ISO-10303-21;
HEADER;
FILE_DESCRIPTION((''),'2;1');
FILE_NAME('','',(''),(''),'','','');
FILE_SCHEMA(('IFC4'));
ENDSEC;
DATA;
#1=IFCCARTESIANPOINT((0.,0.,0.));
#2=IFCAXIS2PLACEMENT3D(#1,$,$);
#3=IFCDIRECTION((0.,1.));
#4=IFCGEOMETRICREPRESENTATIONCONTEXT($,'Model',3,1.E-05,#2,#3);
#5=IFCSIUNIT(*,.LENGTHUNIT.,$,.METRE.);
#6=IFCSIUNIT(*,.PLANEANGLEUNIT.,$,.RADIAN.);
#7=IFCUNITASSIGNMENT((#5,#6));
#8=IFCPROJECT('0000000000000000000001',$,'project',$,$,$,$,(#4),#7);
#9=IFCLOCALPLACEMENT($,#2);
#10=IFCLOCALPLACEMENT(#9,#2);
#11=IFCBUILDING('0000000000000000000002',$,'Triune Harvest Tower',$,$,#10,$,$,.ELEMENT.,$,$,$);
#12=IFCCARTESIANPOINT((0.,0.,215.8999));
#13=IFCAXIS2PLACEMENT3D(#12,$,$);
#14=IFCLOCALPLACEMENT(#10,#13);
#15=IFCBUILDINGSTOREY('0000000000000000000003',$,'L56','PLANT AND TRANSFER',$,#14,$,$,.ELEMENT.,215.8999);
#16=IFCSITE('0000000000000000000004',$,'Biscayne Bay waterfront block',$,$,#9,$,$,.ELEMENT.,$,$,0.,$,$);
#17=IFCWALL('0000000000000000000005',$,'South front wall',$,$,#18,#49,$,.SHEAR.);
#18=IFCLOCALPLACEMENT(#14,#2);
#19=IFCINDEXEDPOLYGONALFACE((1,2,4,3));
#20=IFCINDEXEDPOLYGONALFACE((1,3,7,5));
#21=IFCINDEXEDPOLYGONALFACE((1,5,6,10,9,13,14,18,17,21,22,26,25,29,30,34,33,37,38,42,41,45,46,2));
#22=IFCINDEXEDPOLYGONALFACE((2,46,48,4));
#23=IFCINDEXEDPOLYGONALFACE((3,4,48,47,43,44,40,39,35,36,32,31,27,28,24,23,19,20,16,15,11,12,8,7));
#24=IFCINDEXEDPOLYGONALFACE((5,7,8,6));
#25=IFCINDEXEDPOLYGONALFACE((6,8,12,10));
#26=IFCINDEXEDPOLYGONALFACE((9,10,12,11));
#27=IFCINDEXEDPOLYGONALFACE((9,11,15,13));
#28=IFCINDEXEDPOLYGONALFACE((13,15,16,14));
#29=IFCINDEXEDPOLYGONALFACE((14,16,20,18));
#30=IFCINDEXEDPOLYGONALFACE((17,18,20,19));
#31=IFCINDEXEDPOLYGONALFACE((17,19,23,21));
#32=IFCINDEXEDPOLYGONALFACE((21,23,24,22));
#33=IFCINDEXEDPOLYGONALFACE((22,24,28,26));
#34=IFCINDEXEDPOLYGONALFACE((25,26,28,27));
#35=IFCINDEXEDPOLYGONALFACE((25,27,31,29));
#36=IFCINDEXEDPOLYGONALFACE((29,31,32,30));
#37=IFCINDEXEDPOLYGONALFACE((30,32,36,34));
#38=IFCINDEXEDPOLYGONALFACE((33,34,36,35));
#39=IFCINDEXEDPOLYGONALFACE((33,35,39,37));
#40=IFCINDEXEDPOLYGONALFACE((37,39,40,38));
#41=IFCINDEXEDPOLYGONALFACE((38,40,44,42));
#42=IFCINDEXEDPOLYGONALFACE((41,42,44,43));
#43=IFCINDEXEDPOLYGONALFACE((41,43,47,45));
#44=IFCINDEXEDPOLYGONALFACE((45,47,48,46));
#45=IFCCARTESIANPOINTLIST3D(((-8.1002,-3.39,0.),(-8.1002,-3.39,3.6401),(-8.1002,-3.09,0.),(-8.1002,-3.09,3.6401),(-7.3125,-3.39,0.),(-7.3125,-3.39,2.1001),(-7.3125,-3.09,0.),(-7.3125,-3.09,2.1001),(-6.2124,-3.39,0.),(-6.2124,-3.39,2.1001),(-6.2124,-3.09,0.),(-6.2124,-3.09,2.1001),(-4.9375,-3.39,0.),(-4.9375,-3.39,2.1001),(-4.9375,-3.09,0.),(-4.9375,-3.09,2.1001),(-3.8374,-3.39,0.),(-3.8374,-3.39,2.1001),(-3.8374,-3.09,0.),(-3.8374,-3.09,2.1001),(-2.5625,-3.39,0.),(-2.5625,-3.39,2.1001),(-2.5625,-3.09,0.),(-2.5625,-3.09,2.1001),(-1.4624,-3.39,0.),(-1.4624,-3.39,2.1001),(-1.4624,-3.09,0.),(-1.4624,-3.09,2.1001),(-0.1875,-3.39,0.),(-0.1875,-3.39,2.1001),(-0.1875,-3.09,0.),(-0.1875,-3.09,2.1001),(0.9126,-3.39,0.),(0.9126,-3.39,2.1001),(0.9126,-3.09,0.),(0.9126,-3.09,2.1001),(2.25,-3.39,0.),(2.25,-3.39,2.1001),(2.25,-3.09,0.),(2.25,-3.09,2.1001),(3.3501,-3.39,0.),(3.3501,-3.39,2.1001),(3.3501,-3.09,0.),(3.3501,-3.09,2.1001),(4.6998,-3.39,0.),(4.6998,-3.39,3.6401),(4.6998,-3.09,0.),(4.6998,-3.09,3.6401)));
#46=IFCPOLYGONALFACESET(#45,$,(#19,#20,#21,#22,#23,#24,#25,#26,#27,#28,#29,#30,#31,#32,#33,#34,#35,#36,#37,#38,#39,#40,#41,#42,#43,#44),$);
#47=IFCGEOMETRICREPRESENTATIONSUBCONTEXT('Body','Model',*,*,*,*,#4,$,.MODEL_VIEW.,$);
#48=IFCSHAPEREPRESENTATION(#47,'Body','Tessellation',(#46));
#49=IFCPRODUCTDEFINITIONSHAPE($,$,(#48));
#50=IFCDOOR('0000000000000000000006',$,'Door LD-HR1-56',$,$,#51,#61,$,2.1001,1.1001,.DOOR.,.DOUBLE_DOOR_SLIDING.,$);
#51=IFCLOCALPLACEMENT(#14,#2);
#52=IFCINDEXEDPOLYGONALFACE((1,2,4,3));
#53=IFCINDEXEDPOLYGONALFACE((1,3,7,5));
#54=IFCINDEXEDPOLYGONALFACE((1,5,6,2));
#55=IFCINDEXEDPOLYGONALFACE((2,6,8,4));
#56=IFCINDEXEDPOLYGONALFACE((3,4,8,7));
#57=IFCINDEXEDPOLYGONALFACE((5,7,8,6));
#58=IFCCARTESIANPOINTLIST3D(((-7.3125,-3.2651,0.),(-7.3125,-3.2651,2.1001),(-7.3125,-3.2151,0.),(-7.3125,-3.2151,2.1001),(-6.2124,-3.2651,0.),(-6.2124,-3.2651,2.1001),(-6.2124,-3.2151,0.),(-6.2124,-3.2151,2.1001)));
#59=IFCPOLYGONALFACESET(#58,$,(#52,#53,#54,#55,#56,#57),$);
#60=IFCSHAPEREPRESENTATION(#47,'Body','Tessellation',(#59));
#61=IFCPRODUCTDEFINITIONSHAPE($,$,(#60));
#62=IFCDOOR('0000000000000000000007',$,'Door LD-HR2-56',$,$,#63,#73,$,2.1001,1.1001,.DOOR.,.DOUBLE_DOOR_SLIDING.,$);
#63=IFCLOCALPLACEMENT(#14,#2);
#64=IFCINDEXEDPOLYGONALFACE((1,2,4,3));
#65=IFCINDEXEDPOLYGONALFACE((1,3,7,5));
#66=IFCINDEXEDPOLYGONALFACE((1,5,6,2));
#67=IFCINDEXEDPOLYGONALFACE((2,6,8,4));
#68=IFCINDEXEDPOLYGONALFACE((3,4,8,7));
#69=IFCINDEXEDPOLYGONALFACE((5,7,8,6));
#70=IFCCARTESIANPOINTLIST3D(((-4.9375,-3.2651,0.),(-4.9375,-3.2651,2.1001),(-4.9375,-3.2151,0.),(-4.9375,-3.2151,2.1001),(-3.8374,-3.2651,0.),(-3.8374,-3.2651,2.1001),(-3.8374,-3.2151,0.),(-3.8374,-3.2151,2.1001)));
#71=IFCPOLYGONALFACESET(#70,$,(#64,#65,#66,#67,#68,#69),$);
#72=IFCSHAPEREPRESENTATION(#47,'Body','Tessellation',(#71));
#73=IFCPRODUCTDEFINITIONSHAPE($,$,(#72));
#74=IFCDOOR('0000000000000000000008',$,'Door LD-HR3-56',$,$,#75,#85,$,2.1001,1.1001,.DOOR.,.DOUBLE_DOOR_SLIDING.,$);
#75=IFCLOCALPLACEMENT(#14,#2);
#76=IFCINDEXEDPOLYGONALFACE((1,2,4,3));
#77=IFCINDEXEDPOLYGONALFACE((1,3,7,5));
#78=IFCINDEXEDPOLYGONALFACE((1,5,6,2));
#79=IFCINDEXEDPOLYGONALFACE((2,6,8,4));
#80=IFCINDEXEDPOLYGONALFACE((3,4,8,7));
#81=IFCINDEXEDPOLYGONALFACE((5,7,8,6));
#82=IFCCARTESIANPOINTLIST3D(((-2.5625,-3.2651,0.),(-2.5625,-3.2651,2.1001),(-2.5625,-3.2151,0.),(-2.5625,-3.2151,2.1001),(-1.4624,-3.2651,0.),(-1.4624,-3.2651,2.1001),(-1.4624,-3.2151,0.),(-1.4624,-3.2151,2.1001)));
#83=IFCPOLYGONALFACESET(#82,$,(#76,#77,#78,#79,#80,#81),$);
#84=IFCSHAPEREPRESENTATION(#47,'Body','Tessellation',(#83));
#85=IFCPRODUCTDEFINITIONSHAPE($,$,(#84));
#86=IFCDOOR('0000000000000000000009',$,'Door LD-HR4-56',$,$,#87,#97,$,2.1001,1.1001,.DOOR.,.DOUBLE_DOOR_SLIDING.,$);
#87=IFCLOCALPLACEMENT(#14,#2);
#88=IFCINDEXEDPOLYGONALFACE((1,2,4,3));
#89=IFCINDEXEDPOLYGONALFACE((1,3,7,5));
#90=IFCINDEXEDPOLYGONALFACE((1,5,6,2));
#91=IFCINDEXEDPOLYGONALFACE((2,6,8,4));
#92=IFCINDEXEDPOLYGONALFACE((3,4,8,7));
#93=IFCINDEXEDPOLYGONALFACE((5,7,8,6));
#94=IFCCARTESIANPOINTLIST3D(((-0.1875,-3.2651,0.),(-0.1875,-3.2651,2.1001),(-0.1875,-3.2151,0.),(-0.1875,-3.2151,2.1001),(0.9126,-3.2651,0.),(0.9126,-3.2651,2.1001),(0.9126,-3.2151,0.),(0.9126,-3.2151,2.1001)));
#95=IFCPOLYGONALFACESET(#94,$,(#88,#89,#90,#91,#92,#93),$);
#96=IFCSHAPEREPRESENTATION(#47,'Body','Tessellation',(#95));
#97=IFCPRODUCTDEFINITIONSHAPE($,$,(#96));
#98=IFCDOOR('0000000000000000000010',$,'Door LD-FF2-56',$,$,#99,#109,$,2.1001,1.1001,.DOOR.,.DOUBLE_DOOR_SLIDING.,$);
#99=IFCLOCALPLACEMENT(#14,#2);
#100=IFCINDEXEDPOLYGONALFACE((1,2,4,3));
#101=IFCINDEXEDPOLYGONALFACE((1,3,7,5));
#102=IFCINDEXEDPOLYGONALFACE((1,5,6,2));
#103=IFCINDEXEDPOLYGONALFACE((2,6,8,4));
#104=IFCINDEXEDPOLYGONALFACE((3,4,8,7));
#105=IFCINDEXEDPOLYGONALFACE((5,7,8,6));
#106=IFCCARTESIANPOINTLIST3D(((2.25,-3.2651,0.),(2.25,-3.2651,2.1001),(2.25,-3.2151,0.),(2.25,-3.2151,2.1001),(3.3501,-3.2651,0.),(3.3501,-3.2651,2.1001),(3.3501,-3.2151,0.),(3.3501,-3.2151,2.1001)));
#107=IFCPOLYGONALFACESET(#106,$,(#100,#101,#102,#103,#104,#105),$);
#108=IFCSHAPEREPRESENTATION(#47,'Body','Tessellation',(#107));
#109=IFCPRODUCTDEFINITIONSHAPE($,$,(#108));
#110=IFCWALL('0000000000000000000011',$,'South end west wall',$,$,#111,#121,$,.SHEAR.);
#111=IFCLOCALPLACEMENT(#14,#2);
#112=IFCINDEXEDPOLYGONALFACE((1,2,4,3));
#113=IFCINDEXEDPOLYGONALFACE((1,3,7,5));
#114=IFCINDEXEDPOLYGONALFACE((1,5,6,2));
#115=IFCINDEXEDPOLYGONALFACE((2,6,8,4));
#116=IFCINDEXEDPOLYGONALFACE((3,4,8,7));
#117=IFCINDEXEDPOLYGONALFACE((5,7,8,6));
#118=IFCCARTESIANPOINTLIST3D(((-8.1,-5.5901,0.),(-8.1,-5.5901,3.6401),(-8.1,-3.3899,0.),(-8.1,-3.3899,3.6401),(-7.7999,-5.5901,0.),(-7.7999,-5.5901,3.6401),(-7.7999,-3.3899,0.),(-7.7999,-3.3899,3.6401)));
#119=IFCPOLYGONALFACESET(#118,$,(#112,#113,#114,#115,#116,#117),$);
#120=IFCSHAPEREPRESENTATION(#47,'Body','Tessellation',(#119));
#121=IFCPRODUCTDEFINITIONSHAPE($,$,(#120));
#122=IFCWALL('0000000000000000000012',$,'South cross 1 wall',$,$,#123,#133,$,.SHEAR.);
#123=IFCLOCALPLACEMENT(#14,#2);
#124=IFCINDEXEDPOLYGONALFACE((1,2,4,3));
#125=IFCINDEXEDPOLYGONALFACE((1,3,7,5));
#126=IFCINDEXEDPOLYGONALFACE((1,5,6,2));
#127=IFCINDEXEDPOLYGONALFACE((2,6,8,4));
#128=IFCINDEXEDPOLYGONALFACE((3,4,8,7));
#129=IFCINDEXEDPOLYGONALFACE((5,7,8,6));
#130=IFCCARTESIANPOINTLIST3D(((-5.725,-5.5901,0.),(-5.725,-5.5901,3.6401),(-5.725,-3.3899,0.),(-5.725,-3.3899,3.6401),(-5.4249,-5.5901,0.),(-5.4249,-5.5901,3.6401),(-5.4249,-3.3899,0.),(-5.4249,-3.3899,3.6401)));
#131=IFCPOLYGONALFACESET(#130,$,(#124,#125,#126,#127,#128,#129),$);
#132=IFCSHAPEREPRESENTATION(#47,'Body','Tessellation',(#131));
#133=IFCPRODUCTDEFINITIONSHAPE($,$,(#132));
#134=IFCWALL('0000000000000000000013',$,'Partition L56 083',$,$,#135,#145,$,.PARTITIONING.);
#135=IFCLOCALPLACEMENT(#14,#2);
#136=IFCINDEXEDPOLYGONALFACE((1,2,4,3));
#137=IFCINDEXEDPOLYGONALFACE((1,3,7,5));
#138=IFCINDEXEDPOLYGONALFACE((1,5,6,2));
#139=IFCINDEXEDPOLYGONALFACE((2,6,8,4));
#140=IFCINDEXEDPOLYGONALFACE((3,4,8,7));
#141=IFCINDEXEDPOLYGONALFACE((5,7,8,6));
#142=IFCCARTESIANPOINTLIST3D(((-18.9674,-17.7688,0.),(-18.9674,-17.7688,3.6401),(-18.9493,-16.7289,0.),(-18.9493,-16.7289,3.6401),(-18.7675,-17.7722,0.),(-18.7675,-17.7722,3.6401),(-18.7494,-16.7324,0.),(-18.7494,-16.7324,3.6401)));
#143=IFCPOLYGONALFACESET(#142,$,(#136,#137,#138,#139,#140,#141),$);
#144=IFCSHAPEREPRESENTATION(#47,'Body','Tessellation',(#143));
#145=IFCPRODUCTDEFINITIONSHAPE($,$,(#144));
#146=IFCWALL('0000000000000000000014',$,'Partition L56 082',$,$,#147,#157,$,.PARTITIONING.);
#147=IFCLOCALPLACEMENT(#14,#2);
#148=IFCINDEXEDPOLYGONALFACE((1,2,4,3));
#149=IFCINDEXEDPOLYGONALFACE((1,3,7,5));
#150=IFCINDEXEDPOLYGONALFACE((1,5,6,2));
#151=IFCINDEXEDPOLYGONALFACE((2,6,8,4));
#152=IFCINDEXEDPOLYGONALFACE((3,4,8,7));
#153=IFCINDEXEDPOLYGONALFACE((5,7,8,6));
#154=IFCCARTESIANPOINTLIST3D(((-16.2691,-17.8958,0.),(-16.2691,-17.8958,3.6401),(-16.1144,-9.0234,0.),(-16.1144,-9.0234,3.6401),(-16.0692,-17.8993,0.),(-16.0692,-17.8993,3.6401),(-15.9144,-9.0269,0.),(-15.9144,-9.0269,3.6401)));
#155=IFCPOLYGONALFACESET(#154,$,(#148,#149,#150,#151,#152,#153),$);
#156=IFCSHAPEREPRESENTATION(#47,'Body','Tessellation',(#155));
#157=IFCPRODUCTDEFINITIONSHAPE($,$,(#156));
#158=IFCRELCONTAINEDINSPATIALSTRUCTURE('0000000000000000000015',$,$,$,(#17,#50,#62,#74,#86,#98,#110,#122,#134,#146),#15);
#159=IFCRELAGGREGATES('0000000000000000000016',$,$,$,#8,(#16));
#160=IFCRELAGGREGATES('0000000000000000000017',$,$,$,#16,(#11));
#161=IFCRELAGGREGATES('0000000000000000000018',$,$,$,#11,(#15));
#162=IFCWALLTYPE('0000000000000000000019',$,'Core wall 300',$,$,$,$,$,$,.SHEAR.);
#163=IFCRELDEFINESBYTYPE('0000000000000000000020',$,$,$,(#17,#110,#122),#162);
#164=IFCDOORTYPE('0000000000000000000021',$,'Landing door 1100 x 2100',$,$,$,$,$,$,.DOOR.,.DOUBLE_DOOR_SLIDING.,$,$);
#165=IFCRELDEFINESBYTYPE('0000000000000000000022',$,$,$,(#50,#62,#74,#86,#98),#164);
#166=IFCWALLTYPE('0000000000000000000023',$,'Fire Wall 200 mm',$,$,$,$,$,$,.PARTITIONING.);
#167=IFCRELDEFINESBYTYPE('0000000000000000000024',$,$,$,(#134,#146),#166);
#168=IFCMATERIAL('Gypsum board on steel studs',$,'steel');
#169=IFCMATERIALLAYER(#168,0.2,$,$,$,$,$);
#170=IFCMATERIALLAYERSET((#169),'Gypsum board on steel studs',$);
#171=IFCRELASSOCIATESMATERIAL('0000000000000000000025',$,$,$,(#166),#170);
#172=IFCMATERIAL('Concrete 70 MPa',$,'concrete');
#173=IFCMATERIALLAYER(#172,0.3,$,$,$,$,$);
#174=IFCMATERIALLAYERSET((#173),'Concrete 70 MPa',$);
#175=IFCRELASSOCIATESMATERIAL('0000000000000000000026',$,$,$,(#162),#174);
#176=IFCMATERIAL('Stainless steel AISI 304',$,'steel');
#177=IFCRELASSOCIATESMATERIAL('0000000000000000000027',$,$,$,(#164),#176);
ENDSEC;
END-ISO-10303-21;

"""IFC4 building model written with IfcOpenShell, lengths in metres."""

from ifc_helpers import new_model, si_unit, direction, frame, frame_2d, origin, place, context, subcontext, project, spatial, rectangle, extrude, source, transform, mapped, material, layer, layer_set, type_object, element, fill, save


model = new_model("IFC4")

# Units and contexts
model_context = context("Model", 3, precision=1e-05, world=origin(), true_north=direction((0.0, 1.0)))
body_context = subcontext(model_context, "Body", "Model", "MODEL_VIEW")
ifc_project = project(units=[si_unit("LENGTHUNIT", "METRE"), si_unit("PLANEANGLEUNIT", "RADIAN")], contexts=[model_context])

# Site, building, storey
site_placement = place(None, origin())
site = spatial("IfcSite", under=ifc_project, at=site_placement, Name="Biscayne Bay waterfront block", CompositionType="ELEMENT", RefElevation=0.0)
building_placement = place(site_placement, origin())
building = spatial("IfcBuilding", under=site, at=building_placement, Name="Triune Harvest Tower", CompositionType="ELEMENT")
storey_placement = place(building_placement, frame((0.0, 0.0, 215.8999)))
storey = spatial("IfcBuildingStorey", under=building, at=storey_placement, Name="L56", Description="PLANT AND TRANSFER", CompositionType="ELEMENT", Elevation=215.8999)

# Shared definitions
ifc_material_1 = material(Name="Gypsum board on steel studs", Category="steel")
ifc_layer_1 = layer(ifc_material_1, 0.2)
ifc_layer_set_1 = layer_set([ifc_layer_1], Name="Gypsum board on steel studs")
wall_type_1 = type_object("IfcWallType", Name="Fire Wall 200 mm", PredefinedType="PARTITIONING", material=ifc_layer_set_1)

# Wall, openings, doors
ifc_material_2 = material(Name="Concrete 70 MPa", Category="concrete")
ifc_layer_2 = layer(ifc_material_2, 0.3)
ifc_layer_set_2 = layer_set([ifc_layer_2], Name="Concrete 70 MPa")
wall_type_2 = type_object("IfcWallType", Name="Core wall 300", PredefinedType="SHEAR", material=ifc_layer_set_2)
shared_shape_1 = source(origin(), body_context, "Body", "SweptSolid", [
    extrude(rectangle(XDim=12.8, YDim=0.3, at=frame_2d((6.3999, 0.0))), origin(), (0.0, 0.0, 1.0), 3.6401),
])
wall_1_placement = place(storey_placement, frame((-8.1001, -3.24, 0.0), z_axis=(0.0, 0.0, 1.0), x_axis=(1.0, 0.0, 0.0)))
wall_1 = element("IfcWall", 1, at=wall_1_placement, inside=storey, type_object=wall_type_2, Name="South front wall", PredefinedType="SHEAR", context=body_context, shape_type="MappedRepresentation", body=[
    mapped(shared_shape_1, transform((0.0, 0.0, 0.0), scale=1.0)),
])
opening_1_placement = place(wall_1_placement, frame((0.7876, 0.0, 0.0)))
opening_1 = element("IfcOpeningElement", 2, at=opening_1_placement, cuts=wall_1, PredefinedType="OPENING", context=body_context, shape_type="SweptSolid", body=[
    extrude(rectangle(XDim=1.1001, YDim=2.1001, at=frame_2d((0.55, 1.05))), frame((0.0, 0.1602, 0.0), z_axis=(0.0, -1.0, 0.0), x_axis=(1.0, 0.0, 0.0)), (0.0, 0.0, 1.0), 0.3201),
])
opening_2_placement = place(wall_1_placement, frame((3.1626, 0.0, 0.0)))
opening_2 = element("IfcOpeningElement", 3, at=opening_2_placement, cuts=wall_1, PredefinedType="OPENING", context=body_context, shape_type="SweptSolid", body=[
    extrude(rectangle(XDim=1.1001, YDim=2.1001, at=frame_2d((0.55, 1.05))), frame((0.0, 0.1602, 0.0), z_axis=(0.0, -1.0, 0.0), x_axis=(1.0, 0.0, 0.0)), (0.0, 0.0, 1.0), 0.3201),
])
opening_3_placement = place(wall_1_placement, frame((5.5376, 0.0, 0.0)))
opening_3 = element("IfcOpeningElement", 4, at=opening_3_placement, cuts=wall_1, PredefinedType="OPENING", context=body_context, shape_type="SweptSolid", body=[
    extrude(rectangle(XDim=1.1001, YDim=2.1001, at=frame_2d((0.55, 1.05))), frame((0.0, 0.1602, 0.0), z_axis=(0.0, -1.0, 0.0), x_axis=(1.0, 0.0, 0.0)), (0.0, 0.0, 1.0), 0.3201),
])
opening_4_placement = place(wall_1_placement, frame((7.9126, 0.0, 0.0)))
opening_4 = element("IfcOpeningElement", 5, at=opening_4_placement, cuts=wall_1, PredefinedType="OPENING", context=body_context, shape_type="SweptSolid", body=[
    extrude(rectangle(XDim=1.1001, YDim=2.1001, at=frame_2d((0.55, 1.05))), frame((0.0, 0.1602, 0.0), z_axis=(0.0, -1.0, 0.0), x_axis=(1.0, 0.0, 0.0)), (0.0, 0.0, 1.0), 0.3201),
])
opening_5_placement = place(wall_1_placement, frame((10.3501, 0.0, 0.0)))
opening_5 = element("IfcOpeningElement", 6, at=opening_5_placement, cuts=wall_1, PredefinedType="OPENING", context=body_context, shape_type="SweptSolid", body=[
    extrude(rectangle(XDim=1.1001, YDim=2.1001, at=frame_2d((0.55, 1.05))), frame((0.0, 0.1602, 0.0), z_axis=(0.0, -1.0, 0.0), x_axis=(1.0, 0.0, 0.0)), (0.0, 0.0, 1.0), 0.3201),
])
ifc_material_3 = material(Name="Stainless steel AISI 304", Category="steel")
door_type_1 = type_object("IfcDoorType", Name="Landing door 1100 x 2100", OperationType="DOUBLE_DOOR_SLIDING", PredefinedType="DOOR", material=ifc_material_3)
door_1_placement = place(opening_1_placement, origin())
door_1 = element("IfcDoor", 7, at=door_1_placement, inside=storey, type_object=door_type_1, Name="Door LD-HR1-56", OperationType="DOUBLE_DOOR_SLIDING", OverallHeight=2.1001, OverallWidth=1.1001, PredefinedType="DOOR", context=body_context, shape_type="SweptSolid", body=[
    extrude(rectangle(XDim=1.1001, YDim=2.1001, at=frame_2d((0.55, 1.05))), frame((0.0, 0.0249, 0.0), z_axis=(0.0, -1.0, 0.0), x_axis=(1.0, 0.0, 0.0)), (0.0, 0.0, 1.0), 0.05),
])
fill(opening_1, door_1)
door_2_placement = place(opening_2_placement, origin())
door_2 = element("IfcDoor", 8, at=door_2_placement, inside=storey, type_object=door_type_1, Name="Door LD-HR2-56", OperationType="DOUBLE_DOOR_SLIDING", OverallHeight=2.1001, OverallWidth=1.1001, PredefinedType="DOOR", context=body_context, shape_type="SweptSolid", body=[
    extrude(rectangle(XDim=1.1001, YDim=2.1001, at=frame_2d((0.55, 1.05))), frame((0.0, 0.0249, 0.0), z_axis=(0.0, -1.0, 0.0), x_axis=(1.0, 0.0, 0.0)), (0.0, 0.0, 1.0), 0.05),
])
fill(opening_2, door_2)
door_3_placement = place(opening_3_placement, origin())
door_3 = element("IfcDoor", 9, at=door_3_placement, inside=storey, type_object=door_type_1, Name="Door LD-HR3-56", OperationType="DOUBLE_DOOR_SLIDING", OverallHeight=2.1001, OverallWidth=1.1001, PredefinedType="DOOR", context=body_context, shape_type="SweptSolid", body=[
    extrude(rectangle(XDim=1.1001, YDim=2.1001, at=frame_2d((0.55, 1.05))), frame((0.0, 0.0249, 0.0), z_axis=(0.0, -1.0, 0.0), x_axis=(1.0, 0.0, 0.0)), (0.0, 0.0, 1.0), 0.05),
])
fill(opening_3, door_3)
door_4_placement = place(opening_4_placement, origin())
door_4 = element("IfcDoor", 10, at=door_4_placement, inside=storey, type_object=door_type_1, Name="Door LD-HR4-56", OperationType="DOUBLE_DOOR_SLIDING", OverallHeight=2.1001, OverallWidth=1.1001, PredefinedType="DOOR", context=body_context, shape_type="SweptSolid", body=[
    extrude(rectangle(XDim=1.1001, YDim=2.1001, at=frame_2d((0.55, 1.05))), frame((0.0, 0.0249, 0.0), z_axis=(0.0, -1.0, 0.0), x_axis=(1.0, 0.0, 0.0)), (0.0, 0.0, 1.0), 0.05),
])
fill(opening_4, door_4)
door_5_placement = place(opening_5_placement, origin())
door_5 = element("IfcDoor", 11, at=door_5_placement, inside=storey, type_object=door_type_1, Name="Door LD-FF2-56", OperationType="DOUBLE_DOOR_SLIDING", OverallHeight=2.1001, OverallWidth=1.1001, PredefinedType="DOOR", context=body_context, shape_type="SweptSolid", body=[
    extrude(rectangle(XDim=1.1001, YDim=2.1001, at=frame_2d((0.55, 1.05))), frame((0.0, 0.0249, 0.0), z_axis=(0.0, -1.0, 0.0), x_axis=(1.0, 0.0, 0.0)), (0.0, 0.0, 1.0), 0.05),
])
fill(opening_5, door_5)

# Walls
shared_shape_2 = source(origin(), body_context, "Body", "SweptSolid", [
    extrude(rectangle(XDim=2.2002, YDim=0.3, at=frame_2d((1.1001, 0.0))), origin(), (0.0, 0.0, 1.0), 3.6401),
])
for number, where, z_axis, x_axis, name in (
    (12, (-7.95, -5.5901, 0.0), (0.0, 0.0, 1.0), (0.0, 1.0, 0.0), "South end west wall"),
    (13, (-5.575, -5.5901, 0.0), (0.0, 0.0, 1.0), (0.0, 1.0, 0.0), "South cross 1 wall"),
):
    element("IfcWall", number, at=place(storey_placement, frame(where, z_axis=z_axis, x_axis=x_axis)), inside=storey, type_object=wall_type_2, Name=name, PredefinedType="SHEAR", context=body_context, shape_type="MappedRepresentation", body=[
        mapped(shared_shape_2, transform((0.0, 0.0, 0.0), scale=1.0)),
    ])
shared_shape_3 = source(origin(), body_context, "Body", "SweptSolid", [
    extrude(rectangle(XDim=1.04, YDim=0.2, at=frame_2d((0.52, 0.0))), origin(), (0.0, 0.0, 1.0), 3.6401),
])
wall_2_placement = place(storey_placement, frame((-18.8674, -17.7705, 0.0), z_axis=(0.0, 0.0, 1.0), x_axis=(0.017372, 0.999849, 0.0)))
element("IfcWall", 14, at=wall_2_placement, inside=storey, type_object=wall_type_1, Name="Partition L56 083", PredefinedType="PARTITIONING", context=body_context, shape_type="MappedRepresentation", body=[
    mapped(shared_shape_3, transform((0.0, 0.0, 0.0), scale=1.0)),
])
shared_shape_4 = source(origin(), body_context, "Body", "SweptSolid", [
    extrude(rectangle(XDim=8.8738, YDim=0.2, at=frame_2d((4.437, 0.0))), origin(), (0.0, 0.0, 1.0), 3.6401),
])
wall_3_placement = place(storey_placement, frame((-16.1692, -17.8977, 0.0), z_axis=(0.0, 0.0, 1.0), x_axis=(0.017443, 0.999848, 0.0)))
element("IfcWall", 15, at=wall_3_placement, inside=storey, type_object=wall_type_1, Name="Partition L56 082", PredefinedType="PARTITIONING", context=body_context, shape_type="MappedRepresentation", body=[
    mapped(shared_shape_4, transform((0.0, 0.0, 0.0), scale=1.0)),
])

save(model, "model.ifc")
